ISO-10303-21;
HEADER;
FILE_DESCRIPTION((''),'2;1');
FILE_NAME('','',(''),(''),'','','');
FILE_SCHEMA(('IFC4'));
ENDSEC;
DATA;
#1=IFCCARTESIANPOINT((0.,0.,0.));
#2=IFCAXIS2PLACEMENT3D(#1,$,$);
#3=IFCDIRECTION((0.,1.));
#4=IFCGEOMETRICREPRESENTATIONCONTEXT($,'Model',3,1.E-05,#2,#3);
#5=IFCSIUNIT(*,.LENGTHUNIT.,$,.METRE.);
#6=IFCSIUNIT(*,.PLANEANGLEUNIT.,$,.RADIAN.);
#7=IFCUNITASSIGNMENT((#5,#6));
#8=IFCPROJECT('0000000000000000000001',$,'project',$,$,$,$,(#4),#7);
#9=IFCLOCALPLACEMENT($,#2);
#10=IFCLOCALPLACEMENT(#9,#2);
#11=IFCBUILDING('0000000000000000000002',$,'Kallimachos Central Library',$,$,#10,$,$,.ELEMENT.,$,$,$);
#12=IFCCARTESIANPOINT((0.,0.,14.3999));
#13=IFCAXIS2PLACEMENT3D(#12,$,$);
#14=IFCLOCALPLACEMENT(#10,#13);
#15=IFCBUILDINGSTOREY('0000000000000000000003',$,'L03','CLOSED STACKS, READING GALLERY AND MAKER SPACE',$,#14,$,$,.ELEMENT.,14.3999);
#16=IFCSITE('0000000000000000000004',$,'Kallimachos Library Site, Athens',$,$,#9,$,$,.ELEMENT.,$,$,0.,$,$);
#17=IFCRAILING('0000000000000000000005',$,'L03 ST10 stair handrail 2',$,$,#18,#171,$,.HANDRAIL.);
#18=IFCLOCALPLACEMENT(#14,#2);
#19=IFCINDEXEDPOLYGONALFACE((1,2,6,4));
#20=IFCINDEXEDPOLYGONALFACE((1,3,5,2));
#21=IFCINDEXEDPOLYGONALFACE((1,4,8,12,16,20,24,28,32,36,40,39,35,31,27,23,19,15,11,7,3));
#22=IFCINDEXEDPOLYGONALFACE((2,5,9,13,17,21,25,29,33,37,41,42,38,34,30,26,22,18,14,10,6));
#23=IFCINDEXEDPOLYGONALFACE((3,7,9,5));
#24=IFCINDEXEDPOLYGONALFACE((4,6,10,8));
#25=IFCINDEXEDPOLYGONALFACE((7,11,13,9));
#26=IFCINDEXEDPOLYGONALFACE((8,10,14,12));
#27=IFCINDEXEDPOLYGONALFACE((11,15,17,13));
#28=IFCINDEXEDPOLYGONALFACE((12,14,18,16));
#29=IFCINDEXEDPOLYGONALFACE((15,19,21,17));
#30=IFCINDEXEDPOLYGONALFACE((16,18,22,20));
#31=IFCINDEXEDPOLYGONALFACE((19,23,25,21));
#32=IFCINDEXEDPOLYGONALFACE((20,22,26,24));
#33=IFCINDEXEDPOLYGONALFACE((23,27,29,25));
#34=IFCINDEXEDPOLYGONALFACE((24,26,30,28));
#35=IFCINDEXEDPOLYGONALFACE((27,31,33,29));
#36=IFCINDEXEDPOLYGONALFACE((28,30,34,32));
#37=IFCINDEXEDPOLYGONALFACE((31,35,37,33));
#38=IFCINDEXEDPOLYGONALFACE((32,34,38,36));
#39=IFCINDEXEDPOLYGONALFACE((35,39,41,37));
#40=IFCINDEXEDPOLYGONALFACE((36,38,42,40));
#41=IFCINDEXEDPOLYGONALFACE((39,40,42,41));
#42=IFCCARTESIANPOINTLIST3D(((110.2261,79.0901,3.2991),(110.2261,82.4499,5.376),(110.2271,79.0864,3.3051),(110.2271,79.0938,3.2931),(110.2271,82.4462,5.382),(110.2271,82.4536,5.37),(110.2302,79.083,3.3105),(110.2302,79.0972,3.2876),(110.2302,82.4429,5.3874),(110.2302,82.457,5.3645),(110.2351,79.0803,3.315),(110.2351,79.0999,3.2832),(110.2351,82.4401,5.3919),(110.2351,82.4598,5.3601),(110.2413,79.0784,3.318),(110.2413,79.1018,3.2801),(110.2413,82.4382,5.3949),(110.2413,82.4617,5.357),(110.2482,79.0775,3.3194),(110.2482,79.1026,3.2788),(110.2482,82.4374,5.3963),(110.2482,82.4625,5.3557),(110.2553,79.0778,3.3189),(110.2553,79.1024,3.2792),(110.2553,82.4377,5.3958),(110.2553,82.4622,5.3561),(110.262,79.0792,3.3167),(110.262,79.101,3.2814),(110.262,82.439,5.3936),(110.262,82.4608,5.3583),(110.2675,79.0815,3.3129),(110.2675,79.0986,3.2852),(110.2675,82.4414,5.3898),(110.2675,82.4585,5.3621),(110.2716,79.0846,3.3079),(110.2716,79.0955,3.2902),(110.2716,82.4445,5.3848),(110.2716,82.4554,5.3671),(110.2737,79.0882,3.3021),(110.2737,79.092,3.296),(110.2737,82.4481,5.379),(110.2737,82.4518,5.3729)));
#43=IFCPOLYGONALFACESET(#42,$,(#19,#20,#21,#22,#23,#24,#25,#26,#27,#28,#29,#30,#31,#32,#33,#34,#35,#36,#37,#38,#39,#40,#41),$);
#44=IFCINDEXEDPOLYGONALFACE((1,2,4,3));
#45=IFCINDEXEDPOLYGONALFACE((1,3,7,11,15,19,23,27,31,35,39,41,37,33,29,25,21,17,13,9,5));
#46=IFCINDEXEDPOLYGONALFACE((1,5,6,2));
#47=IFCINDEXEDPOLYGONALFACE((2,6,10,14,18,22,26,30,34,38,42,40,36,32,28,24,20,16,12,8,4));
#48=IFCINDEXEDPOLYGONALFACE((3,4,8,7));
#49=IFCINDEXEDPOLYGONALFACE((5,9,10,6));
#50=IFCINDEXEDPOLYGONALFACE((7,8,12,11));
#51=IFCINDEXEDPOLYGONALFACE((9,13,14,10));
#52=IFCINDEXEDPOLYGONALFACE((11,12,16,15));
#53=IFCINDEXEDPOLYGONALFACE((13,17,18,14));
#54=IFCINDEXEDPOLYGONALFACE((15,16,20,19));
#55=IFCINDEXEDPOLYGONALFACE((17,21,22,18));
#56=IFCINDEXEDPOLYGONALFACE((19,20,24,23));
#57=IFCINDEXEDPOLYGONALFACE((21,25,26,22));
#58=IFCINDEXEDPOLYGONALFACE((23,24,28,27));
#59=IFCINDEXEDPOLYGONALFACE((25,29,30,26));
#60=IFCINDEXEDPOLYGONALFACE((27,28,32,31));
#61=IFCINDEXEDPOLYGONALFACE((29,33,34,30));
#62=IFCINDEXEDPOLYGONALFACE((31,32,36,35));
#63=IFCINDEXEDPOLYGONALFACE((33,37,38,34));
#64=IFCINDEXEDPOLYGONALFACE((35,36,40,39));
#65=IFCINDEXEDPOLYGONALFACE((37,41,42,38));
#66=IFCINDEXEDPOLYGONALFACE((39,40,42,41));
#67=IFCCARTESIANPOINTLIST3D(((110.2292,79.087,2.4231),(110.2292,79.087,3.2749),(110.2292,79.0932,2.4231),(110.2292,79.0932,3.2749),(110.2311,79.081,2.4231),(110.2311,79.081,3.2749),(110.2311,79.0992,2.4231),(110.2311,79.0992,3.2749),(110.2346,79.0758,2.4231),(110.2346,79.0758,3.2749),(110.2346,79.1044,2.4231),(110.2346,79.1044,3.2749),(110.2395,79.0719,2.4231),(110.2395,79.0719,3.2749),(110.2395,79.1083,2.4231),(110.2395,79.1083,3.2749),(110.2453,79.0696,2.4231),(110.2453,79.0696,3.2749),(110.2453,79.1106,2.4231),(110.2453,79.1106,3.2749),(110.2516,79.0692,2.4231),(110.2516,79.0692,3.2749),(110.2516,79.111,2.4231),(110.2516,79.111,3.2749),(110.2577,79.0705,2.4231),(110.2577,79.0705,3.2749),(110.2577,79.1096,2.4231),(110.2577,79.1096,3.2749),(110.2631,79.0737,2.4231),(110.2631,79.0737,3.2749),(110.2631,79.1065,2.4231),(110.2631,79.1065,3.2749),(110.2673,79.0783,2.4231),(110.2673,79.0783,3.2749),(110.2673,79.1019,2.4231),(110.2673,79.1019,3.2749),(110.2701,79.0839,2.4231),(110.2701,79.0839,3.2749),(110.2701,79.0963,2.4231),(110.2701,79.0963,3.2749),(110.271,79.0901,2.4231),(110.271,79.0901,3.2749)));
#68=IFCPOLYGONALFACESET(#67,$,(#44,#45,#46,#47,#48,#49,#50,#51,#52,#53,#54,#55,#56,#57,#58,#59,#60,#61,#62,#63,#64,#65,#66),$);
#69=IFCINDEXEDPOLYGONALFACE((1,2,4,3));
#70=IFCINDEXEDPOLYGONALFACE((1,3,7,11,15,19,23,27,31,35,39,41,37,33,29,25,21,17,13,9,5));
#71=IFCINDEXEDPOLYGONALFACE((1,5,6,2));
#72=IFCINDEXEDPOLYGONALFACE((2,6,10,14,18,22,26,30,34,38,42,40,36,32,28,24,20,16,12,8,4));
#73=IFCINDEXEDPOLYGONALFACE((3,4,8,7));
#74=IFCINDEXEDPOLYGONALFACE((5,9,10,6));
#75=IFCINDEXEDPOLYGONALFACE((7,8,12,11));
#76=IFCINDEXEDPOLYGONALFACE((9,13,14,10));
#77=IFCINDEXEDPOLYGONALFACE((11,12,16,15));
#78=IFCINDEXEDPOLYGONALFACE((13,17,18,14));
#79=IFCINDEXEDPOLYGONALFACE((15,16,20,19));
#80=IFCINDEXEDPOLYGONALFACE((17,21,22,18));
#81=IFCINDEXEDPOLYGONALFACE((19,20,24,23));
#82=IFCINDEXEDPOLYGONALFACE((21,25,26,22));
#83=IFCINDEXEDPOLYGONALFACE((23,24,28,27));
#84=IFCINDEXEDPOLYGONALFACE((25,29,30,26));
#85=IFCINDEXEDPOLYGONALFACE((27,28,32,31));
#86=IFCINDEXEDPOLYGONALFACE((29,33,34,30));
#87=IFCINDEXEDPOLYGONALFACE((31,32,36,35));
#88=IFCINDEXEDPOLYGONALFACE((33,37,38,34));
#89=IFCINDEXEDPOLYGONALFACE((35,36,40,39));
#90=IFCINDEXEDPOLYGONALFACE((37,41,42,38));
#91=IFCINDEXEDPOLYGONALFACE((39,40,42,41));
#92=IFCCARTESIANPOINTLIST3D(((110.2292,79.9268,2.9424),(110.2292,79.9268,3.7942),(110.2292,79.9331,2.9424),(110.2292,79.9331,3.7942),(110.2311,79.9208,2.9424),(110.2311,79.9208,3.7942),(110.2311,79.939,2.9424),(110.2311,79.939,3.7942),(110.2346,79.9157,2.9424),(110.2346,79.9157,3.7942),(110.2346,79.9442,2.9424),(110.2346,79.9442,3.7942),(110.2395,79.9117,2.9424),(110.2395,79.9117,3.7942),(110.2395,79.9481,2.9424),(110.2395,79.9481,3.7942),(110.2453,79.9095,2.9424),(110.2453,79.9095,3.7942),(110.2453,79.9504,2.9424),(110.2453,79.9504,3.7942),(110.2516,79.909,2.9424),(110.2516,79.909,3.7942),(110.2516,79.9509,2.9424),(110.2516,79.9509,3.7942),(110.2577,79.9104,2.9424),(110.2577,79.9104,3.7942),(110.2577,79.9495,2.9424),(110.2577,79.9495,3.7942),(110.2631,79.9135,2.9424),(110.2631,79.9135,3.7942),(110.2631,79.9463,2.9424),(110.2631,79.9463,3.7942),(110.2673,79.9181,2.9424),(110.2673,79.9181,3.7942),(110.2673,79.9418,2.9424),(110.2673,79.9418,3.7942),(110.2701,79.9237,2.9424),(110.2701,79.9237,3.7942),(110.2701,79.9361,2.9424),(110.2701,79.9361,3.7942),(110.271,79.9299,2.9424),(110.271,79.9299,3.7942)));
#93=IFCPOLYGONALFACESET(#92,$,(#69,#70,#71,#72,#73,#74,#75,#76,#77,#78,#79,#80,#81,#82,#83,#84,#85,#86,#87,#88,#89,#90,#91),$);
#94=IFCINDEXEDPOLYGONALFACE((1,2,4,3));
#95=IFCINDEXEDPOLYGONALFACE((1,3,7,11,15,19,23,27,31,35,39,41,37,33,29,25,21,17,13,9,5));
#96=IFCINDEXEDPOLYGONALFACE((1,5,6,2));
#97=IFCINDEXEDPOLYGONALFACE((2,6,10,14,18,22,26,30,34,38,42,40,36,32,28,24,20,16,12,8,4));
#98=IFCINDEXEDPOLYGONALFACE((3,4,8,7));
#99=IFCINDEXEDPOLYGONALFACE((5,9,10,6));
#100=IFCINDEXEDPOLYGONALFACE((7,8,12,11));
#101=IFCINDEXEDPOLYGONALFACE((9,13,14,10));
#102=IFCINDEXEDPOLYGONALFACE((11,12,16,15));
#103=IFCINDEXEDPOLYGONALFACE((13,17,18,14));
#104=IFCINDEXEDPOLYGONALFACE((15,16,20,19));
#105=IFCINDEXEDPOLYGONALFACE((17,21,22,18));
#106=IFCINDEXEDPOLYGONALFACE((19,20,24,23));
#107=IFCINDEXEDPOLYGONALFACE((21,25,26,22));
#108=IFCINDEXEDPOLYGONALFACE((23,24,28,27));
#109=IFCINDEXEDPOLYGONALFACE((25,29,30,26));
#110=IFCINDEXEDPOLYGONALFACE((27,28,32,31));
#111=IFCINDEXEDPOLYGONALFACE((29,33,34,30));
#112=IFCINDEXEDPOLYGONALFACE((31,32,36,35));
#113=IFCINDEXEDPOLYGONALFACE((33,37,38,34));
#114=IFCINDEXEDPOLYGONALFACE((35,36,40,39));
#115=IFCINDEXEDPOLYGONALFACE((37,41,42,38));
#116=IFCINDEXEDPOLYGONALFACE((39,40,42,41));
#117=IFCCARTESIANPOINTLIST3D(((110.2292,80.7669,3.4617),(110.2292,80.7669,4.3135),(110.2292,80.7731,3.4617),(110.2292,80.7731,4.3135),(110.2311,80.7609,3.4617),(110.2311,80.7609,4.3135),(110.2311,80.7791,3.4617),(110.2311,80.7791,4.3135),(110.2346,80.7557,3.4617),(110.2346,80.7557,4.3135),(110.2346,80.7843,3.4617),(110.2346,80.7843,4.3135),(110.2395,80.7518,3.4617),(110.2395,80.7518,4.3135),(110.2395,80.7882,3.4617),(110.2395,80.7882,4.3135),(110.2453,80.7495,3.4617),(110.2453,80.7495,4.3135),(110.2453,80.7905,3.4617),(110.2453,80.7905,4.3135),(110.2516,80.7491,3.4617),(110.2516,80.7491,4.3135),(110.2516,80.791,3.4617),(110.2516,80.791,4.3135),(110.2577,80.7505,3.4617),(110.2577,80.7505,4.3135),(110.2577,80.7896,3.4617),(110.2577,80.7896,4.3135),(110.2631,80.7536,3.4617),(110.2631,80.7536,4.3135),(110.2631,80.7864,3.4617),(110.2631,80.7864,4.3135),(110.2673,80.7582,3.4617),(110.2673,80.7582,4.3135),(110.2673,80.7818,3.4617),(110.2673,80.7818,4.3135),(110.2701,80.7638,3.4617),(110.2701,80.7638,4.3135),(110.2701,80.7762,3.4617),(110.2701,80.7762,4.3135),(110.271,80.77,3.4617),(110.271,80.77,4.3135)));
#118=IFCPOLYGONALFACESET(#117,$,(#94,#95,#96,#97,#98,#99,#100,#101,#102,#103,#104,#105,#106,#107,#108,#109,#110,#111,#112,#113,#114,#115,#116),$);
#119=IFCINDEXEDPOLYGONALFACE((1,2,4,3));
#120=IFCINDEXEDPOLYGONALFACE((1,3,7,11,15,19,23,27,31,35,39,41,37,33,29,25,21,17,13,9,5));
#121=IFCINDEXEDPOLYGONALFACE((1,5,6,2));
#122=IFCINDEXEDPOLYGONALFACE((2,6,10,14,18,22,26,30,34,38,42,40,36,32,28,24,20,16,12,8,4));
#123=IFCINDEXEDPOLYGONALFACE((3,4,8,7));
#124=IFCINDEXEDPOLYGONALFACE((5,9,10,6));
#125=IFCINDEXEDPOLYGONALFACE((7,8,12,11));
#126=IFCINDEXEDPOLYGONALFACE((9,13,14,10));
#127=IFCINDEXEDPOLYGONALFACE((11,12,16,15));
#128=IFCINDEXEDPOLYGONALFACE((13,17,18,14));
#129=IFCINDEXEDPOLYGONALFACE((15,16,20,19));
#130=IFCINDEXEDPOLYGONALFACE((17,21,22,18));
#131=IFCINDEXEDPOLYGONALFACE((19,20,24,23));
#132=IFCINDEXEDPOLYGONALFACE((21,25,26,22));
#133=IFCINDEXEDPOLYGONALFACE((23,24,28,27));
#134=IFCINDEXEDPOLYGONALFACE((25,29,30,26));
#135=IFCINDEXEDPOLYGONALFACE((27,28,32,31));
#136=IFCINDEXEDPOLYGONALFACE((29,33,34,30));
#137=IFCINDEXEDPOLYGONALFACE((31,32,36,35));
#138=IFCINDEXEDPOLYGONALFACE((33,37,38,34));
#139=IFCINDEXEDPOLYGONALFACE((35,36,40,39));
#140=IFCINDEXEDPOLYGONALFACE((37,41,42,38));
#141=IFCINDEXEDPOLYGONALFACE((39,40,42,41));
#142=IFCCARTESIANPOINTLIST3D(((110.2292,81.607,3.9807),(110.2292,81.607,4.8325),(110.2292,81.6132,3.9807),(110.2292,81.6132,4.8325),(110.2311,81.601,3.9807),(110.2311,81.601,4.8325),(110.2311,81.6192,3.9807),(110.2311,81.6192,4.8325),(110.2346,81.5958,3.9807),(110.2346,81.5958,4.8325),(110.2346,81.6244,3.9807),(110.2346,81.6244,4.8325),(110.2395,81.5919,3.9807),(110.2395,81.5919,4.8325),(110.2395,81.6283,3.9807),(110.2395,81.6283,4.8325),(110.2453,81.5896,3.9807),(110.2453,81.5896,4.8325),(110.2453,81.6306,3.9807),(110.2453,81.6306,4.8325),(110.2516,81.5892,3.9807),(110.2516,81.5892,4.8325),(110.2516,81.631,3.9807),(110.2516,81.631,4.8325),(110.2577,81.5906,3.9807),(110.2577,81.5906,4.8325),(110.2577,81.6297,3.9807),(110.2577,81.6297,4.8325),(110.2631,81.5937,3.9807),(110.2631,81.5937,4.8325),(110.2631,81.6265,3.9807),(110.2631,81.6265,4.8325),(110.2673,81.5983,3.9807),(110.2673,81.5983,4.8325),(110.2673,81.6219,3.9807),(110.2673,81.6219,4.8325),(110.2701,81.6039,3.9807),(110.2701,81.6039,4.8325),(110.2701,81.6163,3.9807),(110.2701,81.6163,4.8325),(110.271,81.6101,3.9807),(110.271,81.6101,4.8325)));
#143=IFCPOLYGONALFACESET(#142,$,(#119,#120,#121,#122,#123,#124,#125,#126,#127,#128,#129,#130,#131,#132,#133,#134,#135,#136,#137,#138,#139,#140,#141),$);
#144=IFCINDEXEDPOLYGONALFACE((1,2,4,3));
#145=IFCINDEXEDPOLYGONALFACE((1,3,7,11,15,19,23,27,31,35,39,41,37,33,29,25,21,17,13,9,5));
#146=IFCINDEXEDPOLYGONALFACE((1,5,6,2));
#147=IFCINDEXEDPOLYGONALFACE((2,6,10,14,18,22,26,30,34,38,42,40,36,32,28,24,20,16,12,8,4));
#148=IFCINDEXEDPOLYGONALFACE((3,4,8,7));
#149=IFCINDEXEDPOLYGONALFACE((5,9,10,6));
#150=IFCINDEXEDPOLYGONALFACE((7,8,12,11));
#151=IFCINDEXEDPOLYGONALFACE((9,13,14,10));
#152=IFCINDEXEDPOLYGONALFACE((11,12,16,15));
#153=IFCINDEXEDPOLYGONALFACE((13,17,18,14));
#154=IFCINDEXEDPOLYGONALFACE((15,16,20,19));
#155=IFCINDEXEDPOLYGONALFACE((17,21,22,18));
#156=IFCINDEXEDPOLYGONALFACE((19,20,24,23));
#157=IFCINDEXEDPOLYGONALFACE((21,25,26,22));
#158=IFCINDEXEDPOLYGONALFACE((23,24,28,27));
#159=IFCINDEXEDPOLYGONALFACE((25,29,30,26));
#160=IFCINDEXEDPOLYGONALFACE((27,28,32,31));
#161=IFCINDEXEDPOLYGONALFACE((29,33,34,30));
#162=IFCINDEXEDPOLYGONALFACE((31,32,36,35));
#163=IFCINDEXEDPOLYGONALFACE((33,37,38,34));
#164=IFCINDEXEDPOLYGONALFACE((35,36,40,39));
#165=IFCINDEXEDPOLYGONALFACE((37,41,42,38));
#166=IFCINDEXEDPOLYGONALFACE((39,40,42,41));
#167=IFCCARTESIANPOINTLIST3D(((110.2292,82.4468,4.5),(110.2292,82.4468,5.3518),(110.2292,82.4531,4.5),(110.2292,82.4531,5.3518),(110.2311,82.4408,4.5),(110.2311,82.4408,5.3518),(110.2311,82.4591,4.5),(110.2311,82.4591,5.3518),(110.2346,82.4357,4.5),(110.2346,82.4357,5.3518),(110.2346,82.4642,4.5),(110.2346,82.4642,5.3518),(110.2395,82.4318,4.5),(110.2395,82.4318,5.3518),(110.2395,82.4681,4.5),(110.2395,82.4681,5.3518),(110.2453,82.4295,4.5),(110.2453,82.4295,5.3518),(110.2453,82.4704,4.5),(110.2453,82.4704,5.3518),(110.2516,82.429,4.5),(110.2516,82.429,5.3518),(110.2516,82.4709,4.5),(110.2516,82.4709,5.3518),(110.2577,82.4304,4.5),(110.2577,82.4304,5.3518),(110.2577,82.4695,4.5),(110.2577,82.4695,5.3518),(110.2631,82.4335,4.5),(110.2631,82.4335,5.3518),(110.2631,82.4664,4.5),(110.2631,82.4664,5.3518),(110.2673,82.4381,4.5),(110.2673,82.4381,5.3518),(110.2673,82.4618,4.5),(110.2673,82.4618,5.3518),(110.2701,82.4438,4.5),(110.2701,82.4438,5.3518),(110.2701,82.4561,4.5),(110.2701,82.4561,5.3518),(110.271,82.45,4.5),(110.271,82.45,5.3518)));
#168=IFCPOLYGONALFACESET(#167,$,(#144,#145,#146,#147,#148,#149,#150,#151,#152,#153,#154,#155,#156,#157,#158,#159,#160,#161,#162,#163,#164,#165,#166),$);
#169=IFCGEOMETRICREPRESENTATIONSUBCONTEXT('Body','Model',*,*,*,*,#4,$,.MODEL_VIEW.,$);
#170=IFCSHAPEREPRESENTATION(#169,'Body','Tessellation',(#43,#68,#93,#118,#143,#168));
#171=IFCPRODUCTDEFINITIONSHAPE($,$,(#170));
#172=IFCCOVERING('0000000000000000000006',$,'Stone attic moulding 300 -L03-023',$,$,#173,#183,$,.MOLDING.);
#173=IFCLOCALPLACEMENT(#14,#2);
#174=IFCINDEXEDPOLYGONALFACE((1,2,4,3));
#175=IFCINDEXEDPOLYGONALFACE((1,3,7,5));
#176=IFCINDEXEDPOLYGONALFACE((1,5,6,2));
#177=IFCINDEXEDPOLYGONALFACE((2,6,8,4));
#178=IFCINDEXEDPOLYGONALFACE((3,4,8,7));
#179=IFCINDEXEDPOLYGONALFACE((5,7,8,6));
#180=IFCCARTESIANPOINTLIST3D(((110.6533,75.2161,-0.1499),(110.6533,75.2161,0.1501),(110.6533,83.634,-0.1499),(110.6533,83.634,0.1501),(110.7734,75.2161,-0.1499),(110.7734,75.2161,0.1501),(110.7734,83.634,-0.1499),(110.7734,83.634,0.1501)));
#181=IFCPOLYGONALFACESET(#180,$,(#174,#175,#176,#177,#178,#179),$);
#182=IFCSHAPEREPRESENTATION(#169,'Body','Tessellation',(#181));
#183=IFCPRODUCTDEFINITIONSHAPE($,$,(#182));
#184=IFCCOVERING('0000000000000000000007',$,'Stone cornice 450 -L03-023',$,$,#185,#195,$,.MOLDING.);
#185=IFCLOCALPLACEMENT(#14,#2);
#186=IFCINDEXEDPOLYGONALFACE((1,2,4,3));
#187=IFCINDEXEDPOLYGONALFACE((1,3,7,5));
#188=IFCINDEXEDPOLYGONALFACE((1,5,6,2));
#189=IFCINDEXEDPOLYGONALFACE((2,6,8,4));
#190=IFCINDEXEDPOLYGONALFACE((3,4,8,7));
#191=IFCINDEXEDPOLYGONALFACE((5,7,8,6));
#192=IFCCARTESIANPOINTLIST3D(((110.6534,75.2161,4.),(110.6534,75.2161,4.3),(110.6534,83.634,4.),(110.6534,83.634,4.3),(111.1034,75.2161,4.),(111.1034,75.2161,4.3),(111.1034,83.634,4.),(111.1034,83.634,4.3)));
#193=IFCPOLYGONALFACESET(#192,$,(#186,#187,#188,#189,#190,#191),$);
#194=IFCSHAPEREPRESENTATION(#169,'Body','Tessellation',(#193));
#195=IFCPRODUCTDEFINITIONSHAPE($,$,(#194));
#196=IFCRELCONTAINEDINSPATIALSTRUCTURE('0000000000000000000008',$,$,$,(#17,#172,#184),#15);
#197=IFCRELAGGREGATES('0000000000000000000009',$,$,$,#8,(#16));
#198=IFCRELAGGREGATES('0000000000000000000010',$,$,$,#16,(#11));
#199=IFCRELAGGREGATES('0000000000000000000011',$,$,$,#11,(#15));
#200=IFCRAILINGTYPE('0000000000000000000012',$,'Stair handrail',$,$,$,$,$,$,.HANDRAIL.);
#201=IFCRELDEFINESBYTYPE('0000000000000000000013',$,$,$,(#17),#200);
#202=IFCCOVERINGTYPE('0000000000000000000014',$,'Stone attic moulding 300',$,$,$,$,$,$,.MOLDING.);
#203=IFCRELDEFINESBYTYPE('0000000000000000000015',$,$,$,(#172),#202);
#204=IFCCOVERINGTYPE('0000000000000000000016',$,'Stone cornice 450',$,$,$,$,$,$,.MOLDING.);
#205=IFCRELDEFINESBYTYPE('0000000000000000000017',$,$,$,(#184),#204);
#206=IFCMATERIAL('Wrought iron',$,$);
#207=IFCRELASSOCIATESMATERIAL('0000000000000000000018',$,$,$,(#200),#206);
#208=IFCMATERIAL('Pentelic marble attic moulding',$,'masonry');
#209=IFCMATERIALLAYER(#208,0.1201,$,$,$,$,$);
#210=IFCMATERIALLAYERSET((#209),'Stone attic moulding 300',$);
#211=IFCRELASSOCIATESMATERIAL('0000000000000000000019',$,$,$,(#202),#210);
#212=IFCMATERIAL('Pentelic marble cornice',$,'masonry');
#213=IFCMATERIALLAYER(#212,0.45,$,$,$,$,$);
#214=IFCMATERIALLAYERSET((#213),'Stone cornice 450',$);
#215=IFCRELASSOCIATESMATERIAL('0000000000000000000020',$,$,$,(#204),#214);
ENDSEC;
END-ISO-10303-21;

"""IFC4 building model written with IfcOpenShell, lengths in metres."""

from ifc_helpers import new_model, si_unit, direction, frame, origin, origin_2d, place, context, subcontext, project, spatial, rectangle, circle, extrude, material, layer, layer_set, type_object, element, save


model = new_model("IFC4")

# Units and contexts
model_context = context("Model", 3, precision=1e-05, world=origin(), true_north=direction((0.0, 1.0)))
body_context = subcontext(model_context, "Body", "Model", "MODEL_VIEW")
ifc_project = project(units=[si_unit("LENGTHUNIT", "METRE"), si_unit("PLANEANGLEUNIT", "RADIAN")], contexts=[model_context])

# Site, building, storey
site_placement = place(None, origin())
site = spatial("IfcSite", under=ifc_project, at=site_placement, Name="Kallimachos Library Site, Athens", CompositionType="ELEMENT", RefElevation=0.0)
building_placement = place(site_placement, origin())
building = spatial("IfcBuilding", under=site, at=building_placement, Name="Kallimachos Central Library", CompositionType="ELEMENT")
storey_placement = place(building_placement, frame((0.0, 0.0, 14.3999)))
storey = spatial("IfcBuildingStorey", under=building, at=storey_placement, Name="L03", Description="CLOSED STACKS, READING GALLERY AND MAKER SPACE", CompositionType="ELEMENT", Elevation=14.3999)

# Railing
ifc_material_1 = material(Name="Wrought iron")
railing_type_1 = type_object("IfcRailingType", Name="Stair handrail", PredefinedType="HANDRAIL", material=ifc_material_1)
railing_1_placement = place(storey_placement, frame((110.25, 79.0901, 2.4231)))
element("IfcRailing", 1, at=railing_1_placement, inside=storey, type_object=railing_type_1, Name="L03 ST10 stair handrail 2", PredefinedType="HANDRAIL", context=body_context, shape_type="SweptSolid", body=[
    extrude(circle(Radius=0.0239, at=origin_2d()), frame((0.0, 0.0, 0.876), z_axis=(0.0, 0.850606, 0.525803), x_axis=(-1.0, 0.0, 0.0)), (0.0, 0.0, 1.0), 3.95),
    extrude(circle(Radius=0.021, at=origin_2d()), origin(), (0.0, 0.0, 1.0), 0.8518),
    extrude(circle(Radius=0.021, at=origin_2d()), frame((0.0, 0.8398, 0.5193)), (0.0, 0.0, 1.0), 0.8518),
    extrude(circle(Radius=0.021, at=origin_2d()), frame((0.0, 1.6799, 1.0386)), (0.0, 0.0, 1.0), 0.8518),
    extrude(circle(Radius=0.021, at=origin_2d()), frame((0.0, 2.52, 1.5576)), (0.0, 0.0, 1.0), 0.8518),
    extrude(circle(Radius=0.021, at=origin_2d()), frame((0.0, 3.3599, 2.0769)), (0.0, 0.0, 1.0), 0.8518),
])

# Coverings
ifc_material_2 = material(Name="Pentelic marble attic moulding", Category="masonry")
ifc_layer_1 = layer(ifc_material_2, 0.1201)
ifc_layer_set_1 = layer_set([ifc_layer_1], Name="Stone attic moulding 300")
covering_type_1 = type_object("IfcCoveringType", Name="Stone attic moulding 300", PredefinedType="MOLDING", material=ifc_layer_set_1)
covering_1_placement = place(storey_placement, frame((110.7134, 79.425, -0.1499), z_axis=(0.0, 0.0, 1.0), x_axis=(1.0, 0.0, 0.0)))
element("IfcCovering", 2, at=covering_1_placement, inside=storey, type_object=covering_type_1, Name="Stone attic moulding 300 -L03-023", PredefinedType="MOLDING", context=body_context, shape_type="SweptSolid", body=[
    extrude(rectangle(XDim=0.1201, YDim=8.418, at=origin_2d()), origin(), (0.0, 0.0, 1.0), 0.3),
])
ifc_material_3 = material(Name="Pentelic marble cornice", Category="masonry")
ifc_layer_2 = layer(ifc_material_3, 0.45)
ifc_layer_set_2 = layer_set([ifc_layer_2], Name="Stone cornice 450")
covering_type_2 = type_object("IfcCoveringType", Name="Stone cornice 450", PredefinedType="MOLDING", material=ifc_layer_set_2)
covering_2_placement = place(storey_placement, frame((110.8784, 79.425, 4.0), z_axis=(0.0, 0.0, 1.0), x_axis=(1.0, 0.0, 0.0)))
element("IfcCovering", 3, at=covering_2_placement, inside=storey, type_object=covering_type_2, Name="Stone cornice 450 -L03-023", PredefinedType="MOLDING", context=body_context, shape_type="SweptSolid", body=[
    extrude(rectangle(XDim=0.45, YDim=8.418, at=origin_2d()), origin(), (0.0, 0.0, 1.0), 0.3),
])

save(model, "model.ifc")
